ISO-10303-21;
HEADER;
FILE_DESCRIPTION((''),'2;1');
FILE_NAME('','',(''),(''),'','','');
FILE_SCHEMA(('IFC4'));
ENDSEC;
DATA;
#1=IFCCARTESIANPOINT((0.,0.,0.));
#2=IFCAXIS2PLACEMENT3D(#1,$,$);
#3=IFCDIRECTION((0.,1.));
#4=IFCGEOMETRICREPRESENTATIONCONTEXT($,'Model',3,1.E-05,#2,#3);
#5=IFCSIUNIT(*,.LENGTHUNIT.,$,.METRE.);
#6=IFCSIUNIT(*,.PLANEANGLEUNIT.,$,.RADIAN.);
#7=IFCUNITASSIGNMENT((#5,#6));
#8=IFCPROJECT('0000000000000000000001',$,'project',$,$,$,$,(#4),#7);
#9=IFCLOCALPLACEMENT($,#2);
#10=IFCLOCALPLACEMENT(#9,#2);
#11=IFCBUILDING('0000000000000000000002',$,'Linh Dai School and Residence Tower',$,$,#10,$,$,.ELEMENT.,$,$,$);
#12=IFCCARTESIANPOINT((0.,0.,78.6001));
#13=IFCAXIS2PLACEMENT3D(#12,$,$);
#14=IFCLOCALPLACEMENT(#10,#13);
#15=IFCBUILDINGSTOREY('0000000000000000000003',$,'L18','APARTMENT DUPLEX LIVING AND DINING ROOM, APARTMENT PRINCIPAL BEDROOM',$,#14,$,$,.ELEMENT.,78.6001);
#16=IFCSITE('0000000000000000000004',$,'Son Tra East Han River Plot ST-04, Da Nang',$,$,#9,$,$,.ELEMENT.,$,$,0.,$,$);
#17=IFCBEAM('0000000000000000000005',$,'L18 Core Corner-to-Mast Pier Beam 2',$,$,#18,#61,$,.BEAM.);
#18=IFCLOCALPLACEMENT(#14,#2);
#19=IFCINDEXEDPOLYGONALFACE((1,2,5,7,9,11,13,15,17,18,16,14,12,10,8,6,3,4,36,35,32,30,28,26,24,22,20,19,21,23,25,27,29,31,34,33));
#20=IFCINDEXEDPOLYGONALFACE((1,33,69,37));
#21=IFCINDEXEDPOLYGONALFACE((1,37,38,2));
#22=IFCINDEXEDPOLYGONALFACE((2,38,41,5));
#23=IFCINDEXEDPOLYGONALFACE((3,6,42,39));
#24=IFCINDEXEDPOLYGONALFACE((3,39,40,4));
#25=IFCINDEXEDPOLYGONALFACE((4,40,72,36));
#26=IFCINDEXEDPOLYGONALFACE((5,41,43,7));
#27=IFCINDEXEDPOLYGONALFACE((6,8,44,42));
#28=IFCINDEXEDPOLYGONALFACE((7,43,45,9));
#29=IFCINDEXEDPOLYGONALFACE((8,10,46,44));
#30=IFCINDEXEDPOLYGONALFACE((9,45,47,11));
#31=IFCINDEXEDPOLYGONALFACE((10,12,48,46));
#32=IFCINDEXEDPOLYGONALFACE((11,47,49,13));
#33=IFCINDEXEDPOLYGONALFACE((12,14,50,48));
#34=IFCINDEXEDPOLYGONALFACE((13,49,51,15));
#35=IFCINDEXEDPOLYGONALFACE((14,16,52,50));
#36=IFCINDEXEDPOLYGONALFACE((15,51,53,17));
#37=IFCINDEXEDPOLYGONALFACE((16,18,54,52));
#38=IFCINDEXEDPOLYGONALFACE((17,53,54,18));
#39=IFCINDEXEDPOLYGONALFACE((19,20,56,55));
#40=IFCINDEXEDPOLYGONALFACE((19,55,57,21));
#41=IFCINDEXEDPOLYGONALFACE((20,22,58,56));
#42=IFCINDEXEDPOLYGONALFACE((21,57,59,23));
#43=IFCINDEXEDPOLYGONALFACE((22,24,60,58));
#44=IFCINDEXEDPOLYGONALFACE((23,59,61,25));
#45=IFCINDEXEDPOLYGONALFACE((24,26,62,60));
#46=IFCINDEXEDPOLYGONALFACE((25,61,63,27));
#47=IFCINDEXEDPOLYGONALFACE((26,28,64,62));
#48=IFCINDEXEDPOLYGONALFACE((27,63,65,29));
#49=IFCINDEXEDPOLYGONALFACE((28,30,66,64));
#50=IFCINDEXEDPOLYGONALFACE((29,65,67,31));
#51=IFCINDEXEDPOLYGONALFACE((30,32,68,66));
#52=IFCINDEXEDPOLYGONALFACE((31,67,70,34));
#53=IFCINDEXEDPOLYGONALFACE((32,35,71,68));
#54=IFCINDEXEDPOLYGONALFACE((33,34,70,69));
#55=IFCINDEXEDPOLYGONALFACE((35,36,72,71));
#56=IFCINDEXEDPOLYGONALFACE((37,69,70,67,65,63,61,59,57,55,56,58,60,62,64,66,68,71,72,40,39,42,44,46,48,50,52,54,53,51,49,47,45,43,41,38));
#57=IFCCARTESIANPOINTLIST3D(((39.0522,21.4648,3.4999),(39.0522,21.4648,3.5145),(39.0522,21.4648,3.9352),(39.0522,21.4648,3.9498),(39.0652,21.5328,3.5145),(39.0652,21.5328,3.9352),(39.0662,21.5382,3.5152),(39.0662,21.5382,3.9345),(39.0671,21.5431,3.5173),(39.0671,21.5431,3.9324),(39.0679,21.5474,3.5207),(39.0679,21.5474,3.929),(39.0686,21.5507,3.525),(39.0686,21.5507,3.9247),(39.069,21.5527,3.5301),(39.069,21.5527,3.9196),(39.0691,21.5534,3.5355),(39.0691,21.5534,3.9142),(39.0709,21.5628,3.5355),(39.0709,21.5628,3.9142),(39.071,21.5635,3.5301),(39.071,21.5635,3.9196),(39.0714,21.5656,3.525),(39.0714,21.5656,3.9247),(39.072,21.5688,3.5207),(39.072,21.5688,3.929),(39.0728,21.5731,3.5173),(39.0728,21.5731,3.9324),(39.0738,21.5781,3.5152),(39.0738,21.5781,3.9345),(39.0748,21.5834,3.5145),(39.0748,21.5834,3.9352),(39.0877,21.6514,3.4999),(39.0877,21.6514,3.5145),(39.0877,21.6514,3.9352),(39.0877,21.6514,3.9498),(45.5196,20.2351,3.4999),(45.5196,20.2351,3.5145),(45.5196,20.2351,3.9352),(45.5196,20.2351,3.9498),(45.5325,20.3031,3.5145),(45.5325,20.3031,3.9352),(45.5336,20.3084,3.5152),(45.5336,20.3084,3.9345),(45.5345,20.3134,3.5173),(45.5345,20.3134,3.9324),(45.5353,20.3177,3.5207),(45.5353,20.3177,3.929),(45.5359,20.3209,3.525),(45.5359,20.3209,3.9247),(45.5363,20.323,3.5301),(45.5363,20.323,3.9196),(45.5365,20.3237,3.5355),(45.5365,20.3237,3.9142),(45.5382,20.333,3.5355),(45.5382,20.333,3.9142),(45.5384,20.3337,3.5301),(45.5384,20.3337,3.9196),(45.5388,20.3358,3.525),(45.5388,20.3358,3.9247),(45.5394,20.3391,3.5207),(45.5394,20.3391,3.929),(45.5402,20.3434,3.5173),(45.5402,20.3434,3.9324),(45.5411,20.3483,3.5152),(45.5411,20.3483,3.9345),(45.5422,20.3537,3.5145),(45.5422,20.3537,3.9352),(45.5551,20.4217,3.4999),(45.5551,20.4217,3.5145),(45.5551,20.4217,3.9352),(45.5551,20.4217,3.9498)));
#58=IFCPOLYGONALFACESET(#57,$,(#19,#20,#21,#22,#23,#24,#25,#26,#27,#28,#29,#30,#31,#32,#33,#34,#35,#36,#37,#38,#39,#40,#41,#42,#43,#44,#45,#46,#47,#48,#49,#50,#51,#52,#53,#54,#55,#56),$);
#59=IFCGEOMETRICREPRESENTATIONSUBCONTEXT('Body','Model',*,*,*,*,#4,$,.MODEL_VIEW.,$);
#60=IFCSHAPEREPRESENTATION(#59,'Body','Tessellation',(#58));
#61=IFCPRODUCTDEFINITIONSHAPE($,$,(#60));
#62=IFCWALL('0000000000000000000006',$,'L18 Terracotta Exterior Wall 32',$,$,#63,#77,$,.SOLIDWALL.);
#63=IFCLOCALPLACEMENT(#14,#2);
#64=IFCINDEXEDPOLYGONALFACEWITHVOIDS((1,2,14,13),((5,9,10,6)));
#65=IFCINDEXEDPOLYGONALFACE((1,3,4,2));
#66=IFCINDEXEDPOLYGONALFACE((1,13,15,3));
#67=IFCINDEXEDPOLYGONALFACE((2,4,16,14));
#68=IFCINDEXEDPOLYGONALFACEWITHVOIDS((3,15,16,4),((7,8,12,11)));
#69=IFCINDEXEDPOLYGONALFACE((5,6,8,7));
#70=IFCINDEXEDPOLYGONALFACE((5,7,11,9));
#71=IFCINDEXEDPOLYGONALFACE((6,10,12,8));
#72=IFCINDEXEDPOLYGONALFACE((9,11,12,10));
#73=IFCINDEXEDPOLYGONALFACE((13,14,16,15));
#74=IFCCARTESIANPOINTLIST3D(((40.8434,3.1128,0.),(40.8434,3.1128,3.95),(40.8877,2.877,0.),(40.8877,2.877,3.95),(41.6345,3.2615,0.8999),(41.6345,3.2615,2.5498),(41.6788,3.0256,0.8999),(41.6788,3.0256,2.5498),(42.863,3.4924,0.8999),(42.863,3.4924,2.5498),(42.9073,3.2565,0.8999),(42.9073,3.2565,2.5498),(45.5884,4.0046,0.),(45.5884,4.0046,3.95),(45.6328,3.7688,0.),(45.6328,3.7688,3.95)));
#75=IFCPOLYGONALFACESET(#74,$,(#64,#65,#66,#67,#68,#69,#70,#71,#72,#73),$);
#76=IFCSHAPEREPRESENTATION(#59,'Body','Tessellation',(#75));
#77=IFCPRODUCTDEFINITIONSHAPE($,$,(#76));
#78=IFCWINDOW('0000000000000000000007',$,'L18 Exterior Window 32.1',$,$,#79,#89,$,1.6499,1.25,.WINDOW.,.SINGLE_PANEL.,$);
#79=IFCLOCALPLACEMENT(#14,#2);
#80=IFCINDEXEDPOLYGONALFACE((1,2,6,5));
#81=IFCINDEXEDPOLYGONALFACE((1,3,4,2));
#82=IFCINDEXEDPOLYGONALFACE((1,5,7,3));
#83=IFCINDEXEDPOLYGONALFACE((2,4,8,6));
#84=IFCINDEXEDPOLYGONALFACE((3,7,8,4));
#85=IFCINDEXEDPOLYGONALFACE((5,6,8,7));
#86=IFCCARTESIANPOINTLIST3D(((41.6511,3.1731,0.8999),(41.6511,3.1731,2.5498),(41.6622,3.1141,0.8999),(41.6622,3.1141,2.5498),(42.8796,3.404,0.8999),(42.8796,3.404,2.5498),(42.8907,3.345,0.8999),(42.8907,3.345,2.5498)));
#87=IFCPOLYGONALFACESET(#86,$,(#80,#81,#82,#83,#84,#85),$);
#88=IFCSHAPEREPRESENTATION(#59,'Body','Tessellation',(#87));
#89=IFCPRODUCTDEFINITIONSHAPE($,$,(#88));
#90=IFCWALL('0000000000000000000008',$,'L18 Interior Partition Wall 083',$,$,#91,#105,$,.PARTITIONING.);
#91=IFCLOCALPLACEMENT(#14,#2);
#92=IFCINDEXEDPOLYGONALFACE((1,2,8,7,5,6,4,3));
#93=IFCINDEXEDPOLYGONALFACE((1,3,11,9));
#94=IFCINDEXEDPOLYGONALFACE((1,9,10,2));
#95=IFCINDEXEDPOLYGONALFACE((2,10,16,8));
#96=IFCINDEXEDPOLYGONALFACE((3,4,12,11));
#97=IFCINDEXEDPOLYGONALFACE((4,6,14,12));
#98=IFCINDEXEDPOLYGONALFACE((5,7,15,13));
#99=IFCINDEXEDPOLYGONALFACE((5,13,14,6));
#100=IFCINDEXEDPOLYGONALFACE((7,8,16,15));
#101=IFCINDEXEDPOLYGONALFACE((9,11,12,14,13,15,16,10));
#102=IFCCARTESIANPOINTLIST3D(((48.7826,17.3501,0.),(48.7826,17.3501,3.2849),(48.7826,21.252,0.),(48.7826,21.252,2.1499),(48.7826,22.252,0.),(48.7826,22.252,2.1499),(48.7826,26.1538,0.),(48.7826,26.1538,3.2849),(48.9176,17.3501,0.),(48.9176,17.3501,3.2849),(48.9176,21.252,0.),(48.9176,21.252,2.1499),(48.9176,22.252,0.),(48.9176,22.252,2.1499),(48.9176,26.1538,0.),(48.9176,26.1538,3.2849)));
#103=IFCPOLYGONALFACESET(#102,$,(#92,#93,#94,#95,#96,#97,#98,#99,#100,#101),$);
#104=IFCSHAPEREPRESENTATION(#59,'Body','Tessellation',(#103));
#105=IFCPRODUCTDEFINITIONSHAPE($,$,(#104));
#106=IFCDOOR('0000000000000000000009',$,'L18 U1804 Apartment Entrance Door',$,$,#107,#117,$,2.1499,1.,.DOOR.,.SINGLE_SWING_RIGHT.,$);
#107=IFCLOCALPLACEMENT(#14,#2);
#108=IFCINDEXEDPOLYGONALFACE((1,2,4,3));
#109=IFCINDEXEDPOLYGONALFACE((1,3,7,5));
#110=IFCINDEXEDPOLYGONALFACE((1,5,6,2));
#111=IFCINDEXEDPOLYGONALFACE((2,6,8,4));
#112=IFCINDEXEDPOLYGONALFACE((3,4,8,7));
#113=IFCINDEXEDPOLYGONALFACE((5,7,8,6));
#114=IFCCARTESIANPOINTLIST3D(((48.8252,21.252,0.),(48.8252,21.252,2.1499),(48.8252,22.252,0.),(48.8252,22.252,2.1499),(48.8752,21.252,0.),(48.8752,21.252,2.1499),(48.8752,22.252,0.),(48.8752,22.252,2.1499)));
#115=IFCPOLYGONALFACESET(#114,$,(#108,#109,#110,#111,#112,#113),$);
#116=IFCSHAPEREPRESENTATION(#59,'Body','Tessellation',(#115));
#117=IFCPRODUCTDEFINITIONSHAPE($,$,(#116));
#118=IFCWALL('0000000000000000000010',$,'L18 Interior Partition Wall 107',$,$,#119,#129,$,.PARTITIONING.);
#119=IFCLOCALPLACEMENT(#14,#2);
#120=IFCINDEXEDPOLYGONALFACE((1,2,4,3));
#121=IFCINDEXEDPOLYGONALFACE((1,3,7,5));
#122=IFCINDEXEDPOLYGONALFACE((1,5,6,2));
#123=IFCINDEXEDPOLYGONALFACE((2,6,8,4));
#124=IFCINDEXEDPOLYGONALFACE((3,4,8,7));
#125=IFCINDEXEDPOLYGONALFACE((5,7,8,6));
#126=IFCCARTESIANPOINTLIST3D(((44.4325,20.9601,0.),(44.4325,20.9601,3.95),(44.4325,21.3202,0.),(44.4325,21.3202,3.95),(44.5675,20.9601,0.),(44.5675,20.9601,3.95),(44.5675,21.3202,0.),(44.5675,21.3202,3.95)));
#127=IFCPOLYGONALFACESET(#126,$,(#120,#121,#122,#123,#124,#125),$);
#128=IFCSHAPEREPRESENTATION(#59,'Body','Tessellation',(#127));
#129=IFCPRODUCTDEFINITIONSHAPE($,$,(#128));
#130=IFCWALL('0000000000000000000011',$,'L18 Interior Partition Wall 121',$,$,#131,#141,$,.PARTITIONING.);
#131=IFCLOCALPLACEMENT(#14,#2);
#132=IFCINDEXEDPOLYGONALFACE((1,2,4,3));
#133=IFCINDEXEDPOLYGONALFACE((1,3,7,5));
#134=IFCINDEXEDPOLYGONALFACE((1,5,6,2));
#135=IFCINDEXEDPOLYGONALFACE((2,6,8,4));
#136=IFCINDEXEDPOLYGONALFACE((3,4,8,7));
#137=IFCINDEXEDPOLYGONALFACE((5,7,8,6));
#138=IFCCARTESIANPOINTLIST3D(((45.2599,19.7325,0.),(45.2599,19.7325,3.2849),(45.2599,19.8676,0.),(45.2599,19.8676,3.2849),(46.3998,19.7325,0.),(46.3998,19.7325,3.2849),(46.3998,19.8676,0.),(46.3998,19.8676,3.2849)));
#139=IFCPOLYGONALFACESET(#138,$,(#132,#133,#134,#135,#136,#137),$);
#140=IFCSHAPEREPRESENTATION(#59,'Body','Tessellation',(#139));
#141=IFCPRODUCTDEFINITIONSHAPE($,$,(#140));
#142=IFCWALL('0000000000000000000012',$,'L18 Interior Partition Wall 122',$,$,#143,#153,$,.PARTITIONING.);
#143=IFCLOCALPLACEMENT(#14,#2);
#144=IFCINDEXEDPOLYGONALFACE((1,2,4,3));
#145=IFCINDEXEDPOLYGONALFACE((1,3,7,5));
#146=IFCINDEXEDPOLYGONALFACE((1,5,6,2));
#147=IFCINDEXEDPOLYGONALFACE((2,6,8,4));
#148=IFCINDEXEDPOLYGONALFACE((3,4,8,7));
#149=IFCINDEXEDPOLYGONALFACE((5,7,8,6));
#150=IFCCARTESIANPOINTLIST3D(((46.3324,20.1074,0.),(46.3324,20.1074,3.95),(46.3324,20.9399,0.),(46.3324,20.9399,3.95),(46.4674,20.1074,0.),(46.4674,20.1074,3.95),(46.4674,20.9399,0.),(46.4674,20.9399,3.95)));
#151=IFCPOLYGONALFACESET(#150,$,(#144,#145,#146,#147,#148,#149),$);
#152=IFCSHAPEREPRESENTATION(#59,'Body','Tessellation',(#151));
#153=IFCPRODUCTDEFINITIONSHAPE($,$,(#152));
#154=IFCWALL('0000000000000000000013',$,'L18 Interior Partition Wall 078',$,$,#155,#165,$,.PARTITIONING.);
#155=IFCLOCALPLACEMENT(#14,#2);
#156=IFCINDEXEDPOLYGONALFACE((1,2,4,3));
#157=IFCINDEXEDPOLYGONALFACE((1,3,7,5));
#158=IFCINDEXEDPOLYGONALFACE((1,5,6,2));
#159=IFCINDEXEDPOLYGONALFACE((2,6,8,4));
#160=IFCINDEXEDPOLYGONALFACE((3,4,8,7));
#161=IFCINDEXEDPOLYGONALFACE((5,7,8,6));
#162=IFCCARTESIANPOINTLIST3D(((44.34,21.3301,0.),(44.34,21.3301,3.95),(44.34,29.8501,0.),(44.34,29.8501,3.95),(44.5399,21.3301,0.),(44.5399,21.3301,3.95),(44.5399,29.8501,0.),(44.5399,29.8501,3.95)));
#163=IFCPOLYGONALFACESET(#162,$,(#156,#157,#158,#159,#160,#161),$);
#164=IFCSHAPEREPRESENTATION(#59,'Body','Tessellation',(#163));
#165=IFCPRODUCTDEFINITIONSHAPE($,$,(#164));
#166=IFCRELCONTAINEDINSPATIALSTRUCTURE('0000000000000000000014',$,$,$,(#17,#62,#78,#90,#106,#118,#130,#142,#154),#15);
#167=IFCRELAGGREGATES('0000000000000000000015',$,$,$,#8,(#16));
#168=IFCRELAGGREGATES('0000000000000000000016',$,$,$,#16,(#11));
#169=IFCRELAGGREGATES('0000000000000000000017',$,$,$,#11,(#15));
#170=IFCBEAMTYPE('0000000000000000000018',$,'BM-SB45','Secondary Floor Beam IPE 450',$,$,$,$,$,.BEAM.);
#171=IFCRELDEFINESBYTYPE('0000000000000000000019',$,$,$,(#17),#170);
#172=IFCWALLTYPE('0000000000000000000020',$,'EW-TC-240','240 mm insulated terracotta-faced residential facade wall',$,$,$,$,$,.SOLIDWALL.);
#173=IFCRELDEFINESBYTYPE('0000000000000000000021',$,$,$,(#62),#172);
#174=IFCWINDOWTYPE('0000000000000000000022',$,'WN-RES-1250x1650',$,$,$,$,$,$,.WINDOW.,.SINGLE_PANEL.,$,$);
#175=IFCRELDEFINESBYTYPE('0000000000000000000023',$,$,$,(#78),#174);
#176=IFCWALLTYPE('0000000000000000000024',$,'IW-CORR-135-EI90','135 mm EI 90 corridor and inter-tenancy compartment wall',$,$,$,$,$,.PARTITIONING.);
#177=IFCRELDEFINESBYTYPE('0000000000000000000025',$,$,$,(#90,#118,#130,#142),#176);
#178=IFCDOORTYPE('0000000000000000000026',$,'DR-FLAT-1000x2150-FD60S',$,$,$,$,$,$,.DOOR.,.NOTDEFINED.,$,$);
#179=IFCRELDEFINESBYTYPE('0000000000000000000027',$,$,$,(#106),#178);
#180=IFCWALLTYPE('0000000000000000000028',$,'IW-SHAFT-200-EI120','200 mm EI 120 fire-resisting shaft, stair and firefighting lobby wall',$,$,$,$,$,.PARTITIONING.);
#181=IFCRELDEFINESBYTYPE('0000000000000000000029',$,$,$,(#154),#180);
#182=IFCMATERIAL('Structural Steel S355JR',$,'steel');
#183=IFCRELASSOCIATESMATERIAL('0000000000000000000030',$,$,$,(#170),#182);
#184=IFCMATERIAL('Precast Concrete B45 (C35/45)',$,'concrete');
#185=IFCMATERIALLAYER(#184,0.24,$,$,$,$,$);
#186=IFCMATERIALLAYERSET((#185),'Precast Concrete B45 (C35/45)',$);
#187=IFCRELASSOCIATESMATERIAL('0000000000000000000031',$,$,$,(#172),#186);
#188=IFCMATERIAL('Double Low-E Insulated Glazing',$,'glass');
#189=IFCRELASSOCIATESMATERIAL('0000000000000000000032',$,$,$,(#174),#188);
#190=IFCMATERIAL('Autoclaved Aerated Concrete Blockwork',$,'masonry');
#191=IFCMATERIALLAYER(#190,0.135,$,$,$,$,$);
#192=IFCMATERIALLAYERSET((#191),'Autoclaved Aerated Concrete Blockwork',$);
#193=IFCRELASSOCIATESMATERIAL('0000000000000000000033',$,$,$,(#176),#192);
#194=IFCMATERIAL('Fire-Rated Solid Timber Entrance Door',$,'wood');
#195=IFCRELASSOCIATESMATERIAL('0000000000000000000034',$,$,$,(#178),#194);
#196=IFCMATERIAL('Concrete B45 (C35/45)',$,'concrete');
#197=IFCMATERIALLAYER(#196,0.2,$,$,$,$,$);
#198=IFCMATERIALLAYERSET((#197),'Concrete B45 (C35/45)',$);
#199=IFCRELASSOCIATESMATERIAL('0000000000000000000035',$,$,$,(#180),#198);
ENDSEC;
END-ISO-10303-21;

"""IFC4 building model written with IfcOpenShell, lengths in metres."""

from ifc_helpers import new_model, si_unit, direction, frame, frame_2d, origin, origin_2d, place, context, subcontext, project, spatial, rectangle, i_section, extrude, source, transform, mapped, material, layer, layer_set, material_profile, profile_set, type_object, element, fill, save


model = new_model("IFC4")

# Units and contexts
model_context = context("Model", 3, precision=1e-05, world=origin(), true_north=direction((0.0, 1.0)))
body_context = subcontext(model_context, "Body", "Model", "MODEL_VIEW")
ifc_project = project(units=[si_unit("LENGTHUNIT", "METRE"), si_unit("PLANEANGLEUNIT", "RADIAN")], contexts=[model_context])

# Site, building, storey
site_placement = place(None, origin())
site = spatial("IfcSite", under=ifc_project, at=site_placement, Name="Son Tra East Han River Plot ST-04, Da Nang", CompositionType="ELEMENT", RefElevation=0.0)
building_placement = place(site_placement, origin())
building = spatial("IfcBuilding", under=site, at=building_placement, Name="Linh Dai School and Residence Tower", CompositionType="ELEMENT")
storey_placement = place(building_placement, frame((0.0, 0.0, 78.6001)))
storey = spatial("IfcBuildingStorey", under=building, at=storey_placement, Name="L18", Description="APARTMENT DUPLEX LIVING AND DINING ROOM, APARTMENT PRINCIPAL BEDROOM", CompositionType="ELEMENT", Elevation=78.6001)

# Shared definitions
ifc_material_1 = material(Name="Structural Steel S355JR", Category="steel")

# Beam
ifc_material_profile_1 = material_profile(ifc_material_1, i_section(OverallWidth=0.1899, OverallDepth=0.45, WebThickness=0.0095, FlangeThickness=0.0146, FilletRadius=0.021, at=origin_2d()), Name="IPE 450")
ifc_profile_set_1 = profile_set([ifc_material_profile_1], Name="Structural Steel S355JR")
beam_type_1 = type_object("IfcBeamType", Name="BM-SB45", Description="Secondary Floor Beam IPE 450", PredefinedType="BEAM", material=ifc_profile_set_1)
beam_1_placement = place(storey_placement, frame((45.5374, 20.3284, 3.7249), z_axis=(-0.982398, 0.1868, 0.0), x_axis=(-0.1868, -0.982398, 0.0)))
element("IfcBeam", 1, at=beam_1_placement, inside=storey, type_object=beam_type_1, Name="L18 Core Corner-to-Mast Pier Beam 2", PredefinedType="BEAM", context=body_context, shape_type="SweptSolid", body=[
    extrude(i_section(OverallWidth=0.1899, OverallDepth=0.45, WebThickness=0.0095, FlangeThickness=0.0146, FilletRadius=0.021, at=origin_2d()), origin(), (0.0, 0.0, 1.0), 6.5833),
])

# Wall, opening, window
ifc_material_2 = material(Name="Precast Concrete B45 (C35/45)", Category="concrete")
ifc_layer_1 = layer(ifc_material_2, 0.24)
ifc_layer_set_1 = layer_set([ifc_layer_1], Name="Precast Concrete B45 (C35/45)")
wall_type_1 = type_object("IfcWallType", Name="EW-TC-240", Description="240 mm insulated terracotta-faced residential facade wall", PredefinedType="SOLIDWALL", material=ifc_layer_set_1)
wall_1_placement = place(storey_placement, frame((45.6106, 3.8867, 0.0), z_axis=(0.0, 0.0, 1.0), x_axis=(-0.982792, -0.184716, 0.0)))
wall_1 = element("IfcWall", 2, at=wall_1_placement, inside=storey, type_object=wall_type_1, Name="L18 Terracotta Exterior Wall 32", PredefinedType="SOLIDWALL", context=body_context, shape_type="SweptSolid", body=[
    extrude(rectangle(XDim=4.8281, YDim=0.24, at=frame_2d((2.4141, 0.0))), origin(), (0.0, 0.0, 1.0), 3.95),
])
opening_1_placement = place(wall_1_placement, frame((2.7732, 0.0, 0.8999)))
opening_1 = element("IfcOpeningElement", 3, at=opening_1_placement, cuts=wall_1, PredefinedType="OPENING", context=body_context, shape_type="SweptSolid", body=[
    extrude(rectangle(XDim=1.25, YDim=1.6499, at=origin_2d()), frame((0.625, 0.1299, 0.825), z_axis=(0.0, -1.0, 0.0), x_axis=(1.0, 0.0, 0.0)), (0.0, 0.0, 1.0), 0.26),
])
ifc_material_3 = material(Name="Double Low-E Insulated Glazing", Category="glass")
window_type = type_object("IfcWindowType", Name="WN-RES-1250x1650", PartitioningType="SINGLE_PANEL", PredefinedType="WINDOW", material=ifc_material_3)
shared_shape_1 = source(origin(), body_context, "Body", "SweptSolid", [
    extrude(rectangle(XDim=1.25, YDim=1.6499, at=origin_2d()), frame((0.625, 0.03, 0.825), z_axis=(0.0, -1.0, 0.0), x_axis=(1.0, 0.0, 0.0)), (0.0, 0.0, 1.0), 0.0601),
])
window_placement = place(opening_1_placement, origin())
window = element("IfcWindow", 4, at=window_placement, inside=storey, type_object=window_type, Name="L18 Exterior Window 32.1", OverallHeight=1.6499, OverallWidth=1.25, PartitioningType="SINGLE_PANEL", PredefinedType="WINDOW", context=body_context, shape_type="MappedRepresentation", body=[
    mapped(shared_shape_1, transform((0.0, 0.0, 0.0), x_axis=(1.0, 0.0, 0.0), y_axis=(0.0, 1.0, 0.0), z_axis=(0.0, 0.0, 1.0), scale=1.0)),
])
fill(opening_1, window)

# Wall, opening, door
ifc_material_4 = material(Name="Autoclaved Aerated Concrete Blockwork", Category="masonry")
ifc_layer_2 = layer(ifc_material_4, 0.135)
ifc_layer_set_2 = layer_set([ifc_layer_2], Name="Autoclaved Aerated Concrete Blockwork")
wall_type_2 = type_object("IfcWallType", Name="IW-CORR-135-EI90", Description="135 mm EI 90 corridor and inter-tenancy compartment wall", PredefinedType="PARTITIONING", material=ifc_layer_set_2)
wall_2_placement = place(storey_placement, frame((48.8501, 17.3501, 0.0), z_axis=(0.0, 0.0, 1.0), x_axis=(0.0, 1.0, 0.0)))
wall_2 = element("IfcWall", 5, at=wall_2_placement, inside=storey, type_object=wall_type_2, Name="L18 Interior Partition Wall 083", PredefinedType="PARTITIONING", context=body_context, shape_type="SweptSolid", body=[
    extrude(rectangle(XDim=8.8037, YDim=0.135, at=frame_2d((4.4019, 0.0))), origin(), (0.0, 0.0, 1.0), 3.2849),
])
opening_2_placement = place(wall_2_placement, frame((3.9019, 0.0, 0.0)))
opening_2 = element("IfcOpeningElement", 6, at=opening_2_placement, cuts=wall_2, PredefinedType="OPENING", context=body_context, shape_type="SweptSolid", body=[
    extrude(rectangle(XDim=1.0, YDim=2.1499, at=origin_2d()), frame((0.5, 0.0776, 1.075), z_axis=(0.0, -1.0, 0.0), x_axis=(1.0, 0.0, 0.0)), (0.0, 0.0, 1.0), 0.155),
])
ifc_material_5 = material(Name="Fire-Rated Solid Timber Entrance Door", Category="wood")
door_type_1 = type_object("IfcDoorType", Name="DR-FLAT-1000x2150-FD60S", OperationType="NOTDEFINED", PredefinedType="DOOR", material=ifc_material_5)
shared_shape_2 = source(origin(), body_context, "Body", "SweptSolid", [
    extrude(rectangle(XDim=1.0, YDim=2.1499, at=origin_2d()), frame((0.5, 0.0249, 1.075), z_axis=(0.0, -1.0, 0.0), x_axis=(1.0, 0.0, 0.0)), (0.0, 0.0, 1.0), 0.05),
])
door_1_placement = place(opening_2_placement, origin())
door_1 = element("IfcDoor", 7, at=door_1_placement, inside=storey, type_object=door_type_1, Name="L18 U1804 Apartment Entrance Door", OperationType="SINGLE_SWING_RIGHT", OverallHeight=2.1499, OverallWidth=1.0, PredefinedType="DOOR", context=body_context, shape_type="MappedRepresentation", body=[
    mapped(shared_shape_2, transform((0.0, 0.0, 0.0), x_axis=(1.0, 0.0, 0.0), y_axis=(0.0, 1.0, 0.0), z_axis=(0.0, 0.0, 1.0), scale=1.0)),
])
fill(opening_2, door_1)

# Walls
wall_3_placement = place(storey_placement, frame((44.5, 20.96, 0.0), z_axis=(0.0, 0.0, 1.0), x_axis=(0.0, 1.0, 0.0)))
element("IfcWall", 8, at=wall_3_placement, inside=storey, type_object=wall_type_2, Name="L18 Interior Partition Wall 107", PredefinedType="PARTITIONING", context=body_context, shape_type="SweptSolid", body=[
    extrude(rectangle(XDim=0.3601, YDim=0.135, at=frame_2d((0.1802, 0.0))), origin(), (0.0, 0.0, 1.0), 3.95),
])
wall_4_placement = place(storey_placement, frame((45.26, 19.8, 0.0), z_axis=(0.0, 0.0, 1.0), x_axis=(1.0, 0.0, 0.0)))
element("IfcWall", 9, at=wall_4_placement, inside=storey, type_object=wall_type_2, Name="L18 Interior Partition Wall 121", PredefinedType="PARTITIONING", context=body_context, shape_type="SweptSolid", body=[
    extrude(rectangle(XDim=1.1399, YDim=0.135, at=frame_2d((0.5698, 0.0))), origin(), (0.0, 0.0, 1.0), 3.2849),
])
wall_5_placement = place(storey_placement, frame((46.3999, 20.1074, 0.0), z_axis=(0.0, 0.0, 1.0), x_axis=(0.0, 1.0, 0.0)))
element("IfcWall", 10, at=wall_5_placement, inside=storey, type_object=wall_type_2, Name="L18 Interior Partition Wall 122", PredefinedType="PARTITIONING", context=body_context, shape_type="SweptSolid", body=[
    extrude(rectangle(XDim=0.8325, YDim=0.135, at=frame_2d((0.4163, 0.0))), origin(), (0.0, 0.0, 1.0), 3.95),
])
ifc_material_6 = material(Name="Concrete B45 (C35/45)", Category="concrete")
ifc_layer_3 = layer(ifc_material_6, 0.2)
ifc_layer_set_3 = layer_set([ifc_layer_3], Name="Concrete B45 (C35/45)")
wall_type_3 = type_object("IfcWallType", Name="IW-SHAFT-200-EI120", Description="200 mm EI 120 fire-resisting shaft, stair and firefighting lobby wall", PredefinedType="PARTITIONING", material=ifc_layer_set_3)
wall_6_placement = place(storey_placement, frame((44.4399, 21.3301, 0.0), z_axis=(0.0, 0.0, 1.0), x_axis=(0.0, 1.0, 0.0)))
element("IfcWall", 11, at=wall_6_placement, inside=storey, type_object=wall_type_3, Name="L18 Interior Partition Wall 078", PredefinedType="PARTITIONING", context=body_context, shape_type="SweptSolid", body=[
    extrude(rectangle(XDim=8.52, YDim=0.2, at=frame_2d((4.26, 0.0))), origin(), (0.0, 0.0, 1.0), 3.95),
])

save(model, "model.ifc")
